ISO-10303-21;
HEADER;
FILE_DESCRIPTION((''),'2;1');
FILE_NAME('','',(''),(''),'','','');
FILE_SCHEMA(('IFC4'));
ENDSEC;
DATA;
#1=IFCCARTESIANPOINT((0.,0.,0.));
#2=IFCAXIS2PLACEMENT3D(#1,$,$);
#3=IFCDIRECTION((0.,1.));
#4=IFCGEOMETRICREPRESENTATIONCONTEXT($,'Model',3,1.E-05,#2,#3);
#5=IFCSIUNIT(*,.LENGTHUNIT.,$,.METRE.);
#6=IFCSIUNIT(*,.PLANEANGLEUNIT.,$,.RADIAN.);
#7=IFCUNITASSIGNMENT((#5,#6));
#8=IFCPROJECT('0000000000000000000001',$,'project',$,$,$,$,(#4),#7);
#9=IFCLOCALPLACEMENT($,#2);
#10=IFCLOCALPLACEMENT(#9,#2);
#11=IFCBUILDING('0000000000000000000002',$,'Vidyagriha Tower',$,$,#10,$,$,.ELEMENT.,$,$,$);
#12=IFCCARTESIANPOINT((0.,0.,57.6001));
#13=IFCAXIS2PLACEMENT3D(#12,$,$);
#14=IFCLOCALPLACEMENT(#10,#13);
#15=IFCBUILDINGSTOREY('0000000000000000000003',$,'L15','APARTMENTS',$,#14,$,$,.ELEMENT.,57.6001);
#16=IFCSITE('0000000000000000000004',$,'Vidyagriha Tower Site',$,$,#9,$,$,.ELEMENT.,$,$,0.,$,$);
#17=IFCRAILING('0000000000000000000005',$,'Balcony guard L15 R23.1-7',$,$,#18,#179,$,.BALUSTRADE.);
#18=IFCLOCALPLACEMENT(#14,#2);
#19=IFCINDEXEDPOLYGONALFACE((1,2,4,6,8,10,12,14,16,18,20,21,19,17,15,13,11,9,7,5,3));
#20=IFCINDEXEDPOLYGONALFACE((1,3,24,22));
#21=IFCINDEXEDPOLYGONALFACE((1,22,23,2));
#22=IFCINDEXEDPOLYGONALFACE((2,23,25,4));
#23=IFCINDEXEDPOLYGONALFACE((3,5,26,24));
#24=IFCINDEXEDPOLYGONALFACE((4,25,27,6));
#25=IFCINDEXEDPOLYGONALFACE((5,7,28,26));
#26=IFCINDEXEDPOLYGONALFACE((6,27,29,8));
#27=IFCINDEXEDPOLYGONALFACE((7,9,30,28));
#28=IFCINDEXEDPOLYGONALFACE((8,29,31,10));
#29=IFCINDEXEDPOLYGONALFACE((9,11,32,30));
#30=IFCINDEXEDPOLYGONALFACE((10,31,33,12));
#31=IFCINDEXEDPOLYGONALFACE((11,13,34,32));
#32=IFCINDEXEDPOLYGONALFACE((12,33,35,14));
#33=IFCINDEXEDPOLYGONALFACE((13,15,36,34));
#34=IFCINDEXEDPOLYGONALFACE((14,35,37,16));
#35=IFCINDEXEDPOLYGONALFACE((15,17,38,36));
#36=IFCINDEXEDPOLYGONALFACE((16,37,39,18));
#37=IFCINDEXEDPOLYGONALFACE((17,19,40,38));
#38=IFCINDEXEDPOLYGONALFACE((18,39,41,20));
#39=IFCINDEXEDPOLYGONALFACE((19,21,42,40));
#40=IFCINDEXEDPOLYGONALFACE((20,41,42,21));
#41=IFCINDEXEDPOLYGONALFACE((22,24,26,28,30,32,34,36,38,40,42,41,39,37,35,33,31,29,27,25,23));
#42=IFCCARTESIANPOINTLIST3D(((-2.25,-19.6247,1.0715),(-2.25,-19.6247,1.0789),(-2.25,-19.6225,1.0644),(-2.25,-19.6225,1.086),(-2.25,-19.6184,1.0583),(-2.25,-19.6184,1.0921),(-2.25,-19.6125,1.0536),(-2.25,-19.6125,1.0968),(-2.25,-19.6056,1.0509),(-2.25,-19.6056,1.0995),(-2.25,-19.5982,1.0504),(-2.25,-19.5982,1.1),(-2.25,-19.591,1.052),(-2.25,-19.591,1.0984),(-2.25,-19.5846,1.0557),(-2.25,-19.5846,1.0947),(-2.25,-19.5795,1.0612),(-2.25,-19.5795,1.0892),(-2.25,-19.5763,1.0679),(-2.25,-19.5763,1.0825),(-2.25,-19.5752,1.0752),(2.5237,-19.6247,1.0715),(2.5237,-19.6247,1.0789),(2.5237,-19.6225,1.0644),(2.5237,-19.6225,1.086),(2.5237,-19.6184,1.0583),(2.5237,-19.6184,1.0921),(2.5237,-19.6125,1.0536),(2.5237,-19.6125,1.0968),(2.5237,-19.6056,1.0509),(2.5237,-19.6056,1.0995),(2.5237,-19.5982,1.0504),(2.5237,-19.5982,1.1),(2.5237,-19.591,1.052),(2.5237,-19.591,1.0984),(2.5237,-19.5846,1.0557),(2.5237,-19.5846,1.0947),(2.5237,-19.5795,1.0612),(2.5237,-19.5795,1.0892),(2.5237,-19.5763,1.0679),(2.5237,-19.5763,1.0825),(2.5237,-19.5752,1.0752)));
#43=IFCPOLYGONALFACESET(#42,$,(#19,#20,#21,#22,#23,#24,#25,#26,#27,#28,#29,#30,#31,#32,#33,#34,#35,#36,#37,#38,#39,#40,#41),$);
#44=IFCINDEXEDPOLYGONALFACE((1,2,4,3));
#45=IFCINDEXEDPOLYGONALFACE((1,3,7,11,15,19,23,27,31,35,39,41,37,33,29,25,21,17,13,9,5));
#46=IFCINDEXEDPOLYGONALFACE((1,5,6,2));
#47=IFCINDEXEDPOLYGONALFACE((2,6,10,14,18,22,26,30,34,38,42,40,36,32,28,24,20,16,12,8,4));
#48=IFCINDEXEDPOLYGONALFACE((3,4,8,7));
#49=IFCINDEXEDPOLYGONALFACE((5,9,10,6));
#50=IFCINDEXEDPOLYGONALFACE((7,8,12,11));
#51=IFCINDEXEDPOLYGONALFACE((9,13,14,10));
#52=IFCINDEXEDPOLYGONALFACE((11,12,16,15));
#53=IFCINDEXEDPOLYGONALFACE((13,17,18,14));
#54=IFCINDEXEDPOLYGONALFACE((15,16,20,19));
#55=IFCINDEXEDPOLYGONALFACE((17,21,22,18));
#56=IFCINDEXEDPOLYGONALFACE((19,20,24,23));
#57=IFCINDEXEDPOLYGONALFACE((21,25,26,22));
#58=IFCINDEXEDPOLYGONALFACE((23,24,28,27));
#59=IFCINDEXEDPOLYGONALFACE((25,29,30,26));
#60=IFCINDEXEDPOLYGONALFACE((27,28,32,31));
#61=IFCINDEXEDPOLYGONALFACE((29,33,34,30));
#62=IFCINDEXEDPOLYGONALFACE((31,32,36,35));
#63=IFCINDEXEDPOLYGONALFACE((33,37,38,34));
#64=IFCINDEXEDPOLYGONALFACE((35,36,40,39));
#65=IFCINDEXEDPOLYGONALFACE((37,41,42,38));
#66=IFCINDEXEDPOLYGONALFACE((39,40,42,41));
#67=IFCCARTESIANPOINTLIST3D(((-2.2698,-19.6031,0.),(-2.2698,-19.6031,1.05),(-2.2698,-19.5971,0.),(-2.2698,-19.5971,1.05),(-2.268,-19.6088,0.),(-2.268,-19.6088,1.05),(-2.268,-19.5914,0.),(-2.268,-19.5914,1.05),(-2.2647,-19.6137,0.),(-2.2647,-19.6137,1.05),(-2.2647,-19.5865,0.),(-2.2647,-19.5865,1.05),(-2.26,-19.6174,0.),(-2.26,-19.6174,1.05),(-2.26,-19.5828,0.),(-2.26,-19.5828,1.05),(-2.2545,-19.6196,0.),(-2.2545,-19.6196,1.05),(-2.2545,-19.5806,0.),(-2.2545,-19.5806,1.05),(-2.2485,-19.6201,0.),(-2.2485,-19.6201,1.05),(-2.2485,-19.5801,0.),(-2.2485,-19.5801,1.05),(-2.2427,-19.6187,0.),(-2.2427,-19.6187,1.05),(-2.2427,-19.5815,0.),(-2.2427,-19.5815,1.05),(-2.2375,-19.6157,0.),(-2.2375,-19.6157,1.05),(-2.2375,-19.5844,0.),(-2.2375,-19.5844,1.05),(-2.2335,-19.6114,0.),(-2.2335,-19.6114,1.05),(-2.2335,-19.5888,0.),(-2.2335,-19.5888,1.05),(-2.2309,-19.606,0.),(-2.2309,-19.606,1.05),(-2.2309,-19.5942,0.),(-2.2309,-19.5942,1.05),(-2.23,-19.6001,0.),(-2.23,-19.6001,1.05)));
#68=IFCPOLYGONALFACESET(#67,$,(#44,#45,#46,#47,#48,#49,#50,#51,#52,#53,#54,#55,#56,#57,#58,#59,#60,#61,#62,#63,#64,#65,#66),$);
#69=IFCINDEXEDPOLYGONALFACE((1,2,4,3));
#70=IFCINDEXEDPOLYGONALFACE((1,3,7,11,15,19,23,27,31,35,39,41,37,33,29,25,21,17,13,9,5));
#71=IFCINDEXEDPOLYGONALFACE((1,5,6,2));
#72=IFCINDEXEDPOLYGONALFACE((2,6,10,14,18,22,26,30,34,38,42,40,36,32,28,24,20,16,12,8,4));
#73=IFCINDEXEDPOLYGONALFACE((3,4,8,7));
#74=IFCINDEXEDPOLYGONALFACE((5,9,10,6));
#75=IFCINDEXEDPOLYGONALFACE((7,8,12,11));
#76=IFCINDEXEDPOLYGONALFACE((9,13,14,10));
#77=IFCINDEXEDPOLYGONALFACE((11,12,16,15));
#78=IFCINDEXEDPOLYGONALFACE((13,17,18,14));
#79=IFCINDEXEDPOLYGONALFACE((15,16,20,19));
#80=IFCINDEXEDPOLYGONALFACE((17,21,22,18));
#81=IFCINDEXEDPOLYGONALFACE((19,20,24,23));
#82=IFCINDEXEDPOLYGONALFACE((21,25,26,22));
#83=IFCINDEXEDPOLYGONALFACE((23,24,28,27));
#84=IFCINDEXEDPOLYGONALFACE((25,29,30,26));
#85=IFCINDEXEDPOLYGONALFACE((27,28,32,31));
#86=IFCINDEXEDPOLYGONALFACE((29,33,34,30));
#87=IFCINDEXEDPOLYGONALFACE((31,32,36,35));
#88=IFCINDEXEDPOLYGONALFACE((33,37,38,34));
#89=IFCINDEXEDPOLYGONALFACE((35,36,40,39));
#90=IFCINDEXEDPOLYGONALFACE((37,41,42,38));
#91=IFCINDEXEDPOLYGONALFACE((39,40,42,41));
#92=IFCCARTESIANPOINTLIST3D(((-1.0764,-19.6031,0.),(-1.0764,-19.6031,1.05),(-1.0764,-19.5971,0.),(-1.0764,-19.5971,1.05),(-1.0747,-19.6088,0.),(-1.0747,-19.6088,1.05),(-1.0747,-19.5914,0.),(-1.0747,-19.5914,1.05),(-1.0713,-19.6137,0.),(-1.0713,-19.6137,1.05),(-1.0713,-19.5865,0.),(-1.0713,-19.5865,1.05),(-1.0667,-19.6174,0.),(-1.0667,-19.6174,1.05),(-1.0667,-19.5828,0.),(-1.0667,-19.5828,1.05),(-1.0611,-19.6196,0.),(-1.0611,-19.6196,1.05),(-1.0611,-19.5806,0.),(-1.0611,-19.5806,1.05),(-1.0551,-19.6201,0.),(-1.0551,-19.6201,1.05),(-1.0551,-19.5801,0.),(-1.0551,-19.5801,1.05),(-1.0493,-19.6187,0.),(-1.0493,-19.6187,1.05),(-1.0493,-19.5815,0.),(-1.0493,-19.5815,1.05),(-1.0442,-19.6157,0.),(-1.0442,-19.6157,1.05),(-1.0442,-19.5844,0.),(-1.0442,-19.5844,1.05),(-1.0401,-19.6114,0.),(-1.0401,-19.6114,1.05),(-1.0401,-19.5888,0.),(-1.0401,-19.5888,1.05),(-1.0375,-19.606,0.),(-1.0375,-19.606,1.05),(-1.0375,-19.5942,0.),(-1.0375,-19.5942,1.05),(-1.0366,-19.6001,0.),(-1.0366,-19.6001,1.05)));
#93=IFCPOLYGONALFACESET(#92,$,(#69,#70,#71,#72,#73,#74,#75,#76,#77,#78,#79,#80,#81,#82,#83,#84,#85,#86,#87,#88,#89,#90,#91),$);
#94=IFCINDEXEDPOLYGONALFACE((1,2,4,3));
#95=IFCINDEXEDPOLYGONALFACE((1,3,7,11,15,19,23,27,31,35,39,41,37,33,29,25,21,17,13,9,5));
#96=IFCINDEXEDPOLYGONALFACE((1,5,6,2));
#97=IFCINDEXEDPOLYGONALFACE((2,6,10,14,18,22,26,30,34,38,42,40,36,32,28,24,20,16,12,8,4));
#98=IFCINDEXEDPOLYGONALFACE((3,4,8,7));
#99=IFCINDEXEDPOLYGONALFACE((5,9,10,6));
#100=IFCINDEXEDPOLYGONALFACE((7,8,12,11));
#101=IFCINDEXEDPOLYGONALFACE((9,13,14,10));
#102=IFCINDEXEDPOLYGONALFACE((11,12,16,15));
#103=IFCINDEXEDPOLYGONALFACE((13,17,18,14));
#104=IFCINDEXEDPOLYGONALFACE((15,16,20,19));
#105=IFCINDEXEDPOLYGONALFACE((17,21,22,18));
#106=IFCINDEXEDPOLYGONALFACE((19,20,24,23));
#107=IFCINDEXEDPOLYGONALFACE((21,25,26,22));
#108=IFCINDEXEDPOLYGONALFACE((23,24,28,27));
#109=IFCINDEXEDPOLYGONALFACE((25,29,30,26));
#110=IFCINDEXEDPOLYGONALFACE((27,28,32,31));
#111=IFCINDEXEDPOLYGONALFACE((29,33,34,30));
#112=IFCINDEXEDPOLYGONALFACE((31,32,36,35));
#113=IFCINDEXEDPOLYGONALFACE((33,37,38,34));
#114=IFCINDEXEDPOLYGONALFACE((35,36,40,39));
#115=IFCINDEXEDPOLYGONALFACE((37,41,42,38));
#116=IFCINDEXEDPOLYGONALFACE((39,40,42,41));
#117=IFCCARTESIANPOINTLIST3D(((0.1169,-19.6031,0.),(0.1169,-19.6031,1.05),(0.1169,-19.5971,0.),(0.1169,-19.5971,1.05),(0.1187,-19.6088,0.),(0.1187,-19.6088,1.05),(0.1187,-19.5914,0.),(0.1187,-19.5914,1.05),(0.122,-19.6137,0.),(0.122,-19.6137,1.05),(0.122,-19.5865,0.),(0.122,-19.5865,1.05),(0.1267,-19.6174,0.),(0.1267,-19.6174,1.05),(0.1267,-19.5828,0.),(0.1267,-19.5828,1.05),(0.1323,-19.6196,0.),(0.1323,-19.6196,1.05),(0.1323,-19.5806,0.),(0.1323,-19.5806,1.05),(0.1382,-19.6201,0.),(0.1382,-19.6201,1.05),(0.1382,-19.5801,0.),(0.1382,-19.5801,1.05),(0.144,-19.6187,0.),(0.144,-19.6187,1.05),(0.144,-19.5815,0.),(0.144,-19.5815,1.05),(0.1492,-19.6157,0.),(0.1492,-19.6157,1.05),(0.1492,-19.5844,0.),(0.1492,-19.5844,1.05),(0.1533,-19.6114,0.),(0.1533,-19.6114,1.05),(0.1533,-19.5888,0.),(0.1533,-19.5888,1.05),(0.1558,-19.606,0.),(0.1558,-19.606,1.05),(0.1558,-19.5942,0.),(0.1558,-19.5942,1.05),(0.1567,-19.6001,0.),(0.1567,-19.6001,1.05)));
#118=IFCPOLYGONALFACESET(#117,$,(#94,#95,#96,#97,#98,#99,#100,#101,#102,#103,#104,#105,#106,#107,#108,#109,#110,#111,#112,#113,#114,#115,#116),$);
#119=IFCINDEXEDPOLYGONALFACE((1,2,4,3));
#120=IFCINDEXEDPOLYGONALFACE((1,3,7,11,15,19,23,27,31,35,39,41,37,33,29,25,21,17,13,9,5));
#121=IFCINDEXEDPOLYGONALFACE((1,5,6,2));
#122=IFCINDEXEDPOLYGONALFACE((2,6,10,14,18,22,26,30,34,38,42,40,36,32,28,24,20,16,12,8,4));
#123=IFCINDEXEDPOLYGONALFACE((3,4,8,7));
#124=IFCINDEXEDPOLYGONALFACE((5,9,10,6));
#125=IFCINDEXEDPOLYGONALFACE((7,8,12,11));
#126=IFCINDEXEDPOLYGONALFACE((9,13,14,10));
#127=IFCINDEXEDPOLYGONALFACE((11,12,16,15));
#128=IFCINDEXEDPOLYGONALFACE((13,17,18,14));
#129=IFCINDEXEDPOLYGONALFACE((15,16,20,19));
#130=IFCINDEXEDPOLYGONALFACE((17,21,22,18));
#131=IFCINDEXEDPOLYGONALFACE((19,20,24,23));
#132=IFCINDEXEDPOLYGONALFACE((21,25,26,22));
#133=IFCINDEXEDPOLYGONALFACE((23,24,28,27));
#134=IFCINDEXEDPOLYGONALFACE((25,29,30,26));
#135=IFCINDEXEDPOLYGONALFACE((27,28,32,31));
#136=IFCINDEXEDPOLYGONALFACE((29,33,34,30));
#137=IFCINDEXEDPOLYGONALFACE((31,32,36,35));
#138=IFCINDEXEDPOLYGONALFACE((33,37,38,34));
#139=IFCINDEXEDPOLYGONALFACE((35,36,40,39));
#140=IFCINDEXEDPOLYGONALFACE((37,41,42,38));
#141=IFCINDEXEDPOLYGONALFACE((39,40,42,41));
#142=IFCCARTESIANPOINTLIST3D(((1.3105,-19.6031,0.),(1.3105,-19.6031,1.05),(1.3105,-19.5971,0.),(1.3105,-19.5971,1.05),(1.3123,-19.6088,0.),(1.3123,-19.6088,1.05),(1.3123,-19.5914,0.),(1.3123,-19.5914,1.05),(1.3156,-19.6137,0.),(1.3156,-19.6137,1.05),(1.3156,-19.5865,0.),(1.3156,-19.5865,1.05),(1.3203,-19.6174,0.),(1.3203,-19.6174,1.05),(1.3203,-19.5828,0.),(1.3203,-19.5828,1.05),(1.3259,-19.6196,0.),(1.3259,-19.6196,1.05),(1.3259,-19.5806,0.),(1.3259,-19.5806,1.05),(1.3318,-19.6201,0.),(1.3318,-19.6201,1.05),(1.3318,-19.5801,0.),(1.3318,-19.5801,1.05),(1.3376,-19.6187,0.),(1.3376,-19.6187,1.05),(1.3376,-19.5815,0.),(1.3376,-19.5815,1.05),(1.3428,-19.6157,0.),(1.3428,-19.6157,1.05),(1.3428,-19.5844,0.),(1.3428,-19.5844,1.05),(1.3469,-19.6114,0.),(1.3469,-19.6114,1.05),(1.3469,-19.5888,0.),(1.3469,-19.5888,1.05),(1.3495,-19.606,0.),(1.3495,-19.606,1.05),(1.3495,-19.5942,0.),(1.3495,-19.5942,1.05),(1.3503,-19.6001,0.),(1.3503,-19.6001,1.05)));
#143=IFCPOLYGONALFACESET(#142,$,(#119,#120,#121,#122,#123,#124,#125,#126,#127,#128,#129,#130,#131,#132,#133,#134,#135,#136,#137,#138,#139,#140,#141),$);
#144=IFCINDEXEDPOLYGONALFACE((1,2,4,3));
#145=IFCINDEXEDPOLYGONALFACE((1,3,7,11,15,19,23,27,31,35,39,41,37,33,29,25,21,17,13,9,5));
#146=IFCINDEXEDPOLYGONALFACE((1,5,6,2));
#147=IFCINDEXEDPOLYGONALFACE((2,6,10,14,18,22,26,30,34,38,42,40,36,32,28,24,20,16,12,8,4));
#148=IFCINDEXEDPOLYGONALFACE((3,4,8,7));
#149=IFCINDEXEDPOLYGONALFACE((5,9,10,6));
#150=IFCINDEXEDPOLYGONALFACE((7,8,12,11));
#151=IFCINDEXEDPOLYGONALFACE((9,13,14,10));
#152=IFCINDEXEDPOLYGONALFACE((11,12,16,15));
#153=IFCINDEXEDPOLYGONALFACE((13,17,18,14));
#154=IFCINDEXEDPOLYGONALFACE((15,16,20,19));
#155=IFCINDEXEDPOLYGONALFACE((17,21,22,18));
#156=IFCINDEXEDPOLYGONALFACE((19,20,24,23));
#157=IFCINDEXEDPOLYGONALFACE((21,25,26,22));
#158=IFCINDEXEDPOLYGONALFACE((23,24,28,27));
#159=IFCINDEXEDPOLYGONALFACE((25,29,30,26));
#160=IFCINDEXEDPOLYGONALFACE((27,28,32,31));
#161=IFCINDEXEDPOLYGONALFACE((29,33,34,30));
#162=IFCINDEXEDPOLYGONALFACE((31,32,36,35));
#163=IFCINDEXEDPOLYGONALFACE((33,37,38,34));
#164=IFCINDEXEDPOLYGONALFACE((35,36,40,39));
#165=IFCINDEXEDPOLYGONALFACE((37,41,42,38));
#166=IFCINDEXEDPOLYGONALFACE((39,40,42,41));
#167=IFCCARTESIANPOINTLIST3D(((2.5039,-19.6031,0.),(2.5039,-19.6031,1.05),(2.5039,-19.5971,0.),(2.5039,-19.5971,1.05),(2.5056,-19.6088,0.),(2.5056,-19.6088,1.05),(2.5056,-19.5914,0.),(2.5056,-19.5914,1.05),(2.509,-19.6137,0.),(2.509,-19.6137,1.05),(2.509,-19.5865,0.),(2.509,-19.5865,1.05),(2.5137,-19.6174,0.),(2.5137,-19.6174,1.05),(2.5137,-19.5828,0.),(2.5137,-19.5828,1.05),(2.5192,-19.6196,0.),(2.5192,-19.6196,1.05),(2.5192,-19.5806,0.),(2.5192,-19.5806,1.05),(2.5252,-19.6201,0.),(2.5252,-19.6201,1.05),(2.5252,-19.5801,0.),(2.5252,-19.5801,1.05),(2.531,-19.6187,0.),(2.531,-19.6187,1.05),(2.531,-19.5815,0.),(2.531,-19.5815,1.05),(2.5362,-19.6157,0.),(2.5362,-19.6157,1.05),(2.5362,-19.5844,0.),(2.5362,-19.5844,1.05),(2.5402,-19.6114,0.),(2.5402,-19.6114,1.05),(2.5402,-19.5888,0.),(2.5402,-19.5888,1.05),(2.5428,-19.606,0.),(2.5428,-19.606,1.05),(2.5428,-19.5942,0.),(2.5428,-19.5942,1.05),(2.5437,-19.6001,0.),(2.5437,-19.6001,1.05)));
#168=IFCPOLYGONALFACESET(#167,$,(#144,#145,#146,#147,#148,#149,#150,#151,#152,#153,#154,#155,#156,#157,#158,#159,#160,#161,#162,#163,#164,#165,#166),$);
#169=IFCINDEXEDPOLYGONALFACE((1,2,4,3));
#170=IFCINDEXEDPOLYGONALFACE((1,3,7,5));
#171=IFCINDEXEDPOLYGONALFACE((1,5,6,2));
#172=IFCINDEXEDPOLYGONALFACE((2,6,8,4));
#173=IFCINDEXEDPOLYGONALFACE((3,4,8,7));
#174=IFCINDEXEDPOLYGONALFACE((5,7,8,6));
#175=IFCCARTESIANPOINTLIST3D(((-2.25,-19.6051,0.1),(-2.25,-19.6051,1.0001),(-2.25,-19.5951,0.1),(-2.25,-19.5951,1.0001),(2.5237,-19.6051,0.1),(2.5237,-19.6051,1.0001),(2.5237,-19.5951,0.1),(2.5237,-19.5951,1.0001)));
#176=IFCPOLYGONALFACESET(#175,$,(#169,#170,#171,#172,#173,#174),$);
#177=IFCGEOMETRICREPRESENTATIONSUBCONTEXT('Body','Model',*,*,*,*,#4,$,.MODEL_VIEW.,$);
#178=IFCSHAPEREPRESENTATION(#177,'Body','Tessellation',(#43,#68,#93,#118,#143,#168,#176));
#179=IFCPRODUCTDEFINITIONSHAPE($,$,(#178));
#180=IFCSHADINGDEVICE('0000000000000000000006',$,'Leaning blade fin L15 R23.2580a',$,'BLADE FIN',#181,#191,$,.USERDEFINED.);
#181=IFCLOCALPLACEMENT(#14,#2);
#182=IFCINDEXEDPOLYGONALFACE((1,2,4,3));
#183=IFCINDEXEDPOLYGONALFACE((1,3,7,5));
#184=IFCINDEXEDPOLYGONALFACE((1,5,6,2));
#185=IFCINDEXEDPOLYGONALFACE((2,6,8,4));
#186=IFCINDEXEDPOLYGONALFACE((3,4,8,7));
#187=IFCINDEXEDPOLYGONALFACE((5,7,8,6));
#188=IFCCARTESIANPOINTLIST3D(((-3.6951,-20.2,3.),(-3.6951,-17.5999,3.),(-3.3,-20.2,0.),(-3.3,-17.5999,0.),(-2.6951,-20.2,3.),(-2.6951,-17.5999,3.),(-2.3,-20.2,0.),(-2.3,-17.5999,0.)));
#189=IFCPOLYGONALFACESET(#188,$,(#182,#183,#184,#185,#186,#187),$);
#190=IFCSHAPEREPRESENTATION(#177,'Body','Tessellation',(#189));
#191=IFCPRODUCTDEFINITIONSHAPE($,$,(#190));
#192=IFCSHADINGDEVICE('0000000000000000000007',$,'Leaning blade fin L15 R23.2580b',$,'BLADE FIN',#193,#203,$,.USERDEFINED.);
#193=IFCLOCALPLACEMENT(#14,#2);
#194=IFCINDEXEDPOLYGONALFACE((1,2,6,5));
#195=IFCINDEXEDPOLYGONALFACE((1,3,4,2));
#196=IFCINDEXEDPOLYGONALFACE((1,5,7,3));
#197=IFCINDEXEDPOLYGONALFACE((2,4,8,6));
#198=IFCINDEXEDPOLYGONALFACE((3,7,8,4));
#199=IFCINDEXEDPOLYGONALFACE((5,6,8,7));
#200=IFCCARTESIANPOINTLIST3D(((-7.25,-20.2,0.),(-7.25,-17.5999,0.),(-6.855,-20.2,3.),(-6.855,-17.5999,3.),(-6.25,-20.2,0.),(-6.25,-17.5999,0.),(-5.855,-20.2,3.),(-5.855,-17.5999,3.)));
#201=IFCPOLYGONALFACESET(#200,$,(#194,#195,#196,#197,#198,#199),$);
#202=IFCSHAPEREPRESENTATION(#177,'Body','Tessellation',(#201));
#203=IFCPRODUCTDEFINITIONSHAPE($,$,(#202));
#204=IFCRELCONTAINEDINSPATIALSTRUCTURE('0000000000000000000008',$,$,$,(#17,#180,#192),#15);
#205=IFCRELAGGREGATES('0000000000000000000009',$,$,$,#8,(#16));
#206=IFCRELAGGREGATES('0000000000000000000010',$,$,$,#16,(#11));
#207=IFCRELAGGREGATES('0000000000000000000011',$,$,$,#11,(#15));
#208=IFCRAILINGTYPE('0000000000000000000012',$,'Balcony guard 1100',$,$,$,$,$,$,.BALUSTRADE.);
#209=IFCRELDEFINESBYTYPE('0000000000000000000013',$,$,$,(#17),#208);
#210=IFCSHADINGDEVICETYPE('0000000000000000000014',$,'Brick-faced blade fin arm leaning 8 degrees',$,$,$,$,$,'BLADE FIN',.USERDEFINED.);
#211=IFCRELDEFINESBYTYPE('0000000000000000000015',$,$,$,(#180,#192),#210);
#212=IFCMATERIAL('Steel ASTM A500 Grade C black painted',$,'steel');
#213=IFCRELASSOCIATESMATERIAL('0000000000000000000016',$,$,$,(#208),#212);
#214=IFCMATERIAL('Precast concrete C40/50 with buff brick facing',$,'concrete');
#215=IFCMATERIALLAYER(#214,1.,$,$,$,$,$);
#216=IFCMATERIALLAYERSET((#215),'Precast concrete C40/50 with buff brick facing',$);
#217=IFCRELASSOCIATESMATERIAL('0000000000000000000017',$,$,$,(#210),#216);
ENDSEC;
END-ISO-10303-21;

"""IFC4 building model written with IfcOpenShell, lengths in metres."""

from ifc_helpers import new_model, si_unit, direction, frame, origin, origin_2d, place, context, subcontext, project, spatial, polyline, rectangle, circle, outline, extrude, material, layer, layer_set, type_object, element, save


model = new_model("IFC4")

# Units and contexts
model_context = context("Model", 3, precision=1e-05, world=origin(), true_north=direction((0.0, 1.0)))
body_context = subcontext(model_context, "Body", "Model", "MODEL_VIEW")
ifc_project = project(units=[si_unit("LENGTHUNIT", "METRE"), si_unit("PLANEANGLEUNIT", "RADIAN")], contexts=[model_context])

# Site, building, storey
site_placement = place(None, origin())
site = spatial("IfcSite", under=ifc_project, at=site_placement, Name="Vidyagriha Tower Site", CompositionType="ELEMENT", RefElevation=0.0)
building_placement = place(site_placement, origin())
building = spatial("IfcBuilding", under=site, at=building_placement, Name="Vidyagriha Tower", CompositionType="ELEMENT")
storey_placement = place(building_placement, frame((0.0, 0.0, 57.6001)))
storey = spatial("IfcBuildingStorey", under=building, at=storey_placement, Name="L15", Description="APARTMENTS", CompositionType="ELEMENT", Elevation=57.6001)

# Railing
ifc_material_1 = material(Name="Steel ASTM A500 Grade C black painted", Category="steel")
railing_type = type_object("IfcRailingType", Name="Balcony guard 1100", PredefinedType="BALUSTRADE", material=ifc_material_1)
railing_1_placement = place(storey_placement, frame((-2.25, -19.6001, 0.0)))
element("IfcRailing", 1, at=railing_1_placement, inside=storey, type_object=railing_type, Name="Balcony guard L15 R23.1-7", PredefinedType="BALUSTRADE", context=body_context, shape_type="SweptSolid", body=[
    extrude(circle(Radius=0.0249, at=origin_2d()), frame((0.0, 0.0, 1.0752), z_axis=(1.0, 0.0, 0.0), x_axis=(0.0, 1.0, 0.0)), (0.0, 0.0, 1.0), 4.7737),
    extrude(circle(Radius=0.02, at=origin_2d()), origin(), (0.0, 0.0, 1.0), 1.05),
    extrude(circle(Radius=0.02, at=origin_2d()), frame((1.1934, 0.0, 0.0)), (0.0, 0.0, 1.0), 1.05),
    extrude(circle(Radius=0.02, at=origin_2d()), frame((2.3867, 0.0, 0.0)), (0.0, 0.0, 1.0), 1.05),
    extrude(circle(Radius=0.02, at=origin_2d()), frame((3.5803, 0.0, 0.0)), (0.0, 0.0, 1.0), 1.05),
    extrude(circle(Radius=0.02, at=origin_2d()), frame((4.7737, 0.0, 0.0)), (0.0, 0.0, 1.0), 1.05),
    extrude(rectangle(XDim=0.01, YDim=0.9001, at=origin_2d()), frame((0.0, 0.0, 0.55), z_axis=(1.0, 0.0, 0.0), x_axis=(0.0, 1.0, 0.0)), (0.0, 0.0, 1.0), 4.7737),
])

# Shading devices
ifc_material_2 = material(Name="Precast concrete C40/50 with buff brick facing", Category="concrete")
ifc_layer_1 = layer(ifc_material_2, 1.0)
ifc_layer_set_1 = layer_set([ifc_layer_1], Name="Precast concrete C40/50 with buff brick facing")
shading_device_type = type_object("IfcShadingDeviceType", Name="Brick-faced blade fin arm leaning 8 degrees", ElementType="BLADE FIN", PredefinedType="USERDEFINED", material=ifc_layer_set_1)
shading_device_1_placement = place(storey_placement, frame((-3.6951, -18.8999, 0.0)))
element("IfcShadingDevice", 2, at=shading_device_1_placement, inside=storey, type_object=shading_device_type, Name="Leaning blade fin L15 R23.2580a", ObjectType="BLADE FIN", PredefinedType="USERDEFINED", context=body_context, shape_type="SweptSolid", body=[
    extrude(outline(polyline([(0.395, 0.0), (1.395, 0.0), (1.0, 3.0), (0.0, 3.0), (0.395, 0.0)])), frame((0.0, 1.3, 0.0), z_axis=(0.0, -1.0, 0.0), x_axis=(1.0, 0.0, 0.0)), (0.0, 0.0, 1.0), 2.6001),
])
shading_device_2_placement = place(storey_placement, frame((-7.25, -18.8999, 0.0)))
element("IfcShadingDevice", 3, at=shading_device_2_placement, inside=storey, type_object=shading_device_type, Name="Leaning blade fin L15 R23.2580b", ObjectType="BLADE FIN", PredefinedType="USERDEFINED", context=body_context, shape_type="SweptSolid", body=[
    extrude(outline(polyline([(0.0, 0.0), (1.0, 0.0), (1.395, 3.0), (0.395, 3.0), (0.0, 0.0)])), frame((0.0, 1.3, 0.0), z_axis=(0.0, -1.0, 0.0), x_axis=(1.0, 0.0, 0.0)), (0.0, 0.0, 1.0), 2.6001),
])

save(model, "model.ifc")
